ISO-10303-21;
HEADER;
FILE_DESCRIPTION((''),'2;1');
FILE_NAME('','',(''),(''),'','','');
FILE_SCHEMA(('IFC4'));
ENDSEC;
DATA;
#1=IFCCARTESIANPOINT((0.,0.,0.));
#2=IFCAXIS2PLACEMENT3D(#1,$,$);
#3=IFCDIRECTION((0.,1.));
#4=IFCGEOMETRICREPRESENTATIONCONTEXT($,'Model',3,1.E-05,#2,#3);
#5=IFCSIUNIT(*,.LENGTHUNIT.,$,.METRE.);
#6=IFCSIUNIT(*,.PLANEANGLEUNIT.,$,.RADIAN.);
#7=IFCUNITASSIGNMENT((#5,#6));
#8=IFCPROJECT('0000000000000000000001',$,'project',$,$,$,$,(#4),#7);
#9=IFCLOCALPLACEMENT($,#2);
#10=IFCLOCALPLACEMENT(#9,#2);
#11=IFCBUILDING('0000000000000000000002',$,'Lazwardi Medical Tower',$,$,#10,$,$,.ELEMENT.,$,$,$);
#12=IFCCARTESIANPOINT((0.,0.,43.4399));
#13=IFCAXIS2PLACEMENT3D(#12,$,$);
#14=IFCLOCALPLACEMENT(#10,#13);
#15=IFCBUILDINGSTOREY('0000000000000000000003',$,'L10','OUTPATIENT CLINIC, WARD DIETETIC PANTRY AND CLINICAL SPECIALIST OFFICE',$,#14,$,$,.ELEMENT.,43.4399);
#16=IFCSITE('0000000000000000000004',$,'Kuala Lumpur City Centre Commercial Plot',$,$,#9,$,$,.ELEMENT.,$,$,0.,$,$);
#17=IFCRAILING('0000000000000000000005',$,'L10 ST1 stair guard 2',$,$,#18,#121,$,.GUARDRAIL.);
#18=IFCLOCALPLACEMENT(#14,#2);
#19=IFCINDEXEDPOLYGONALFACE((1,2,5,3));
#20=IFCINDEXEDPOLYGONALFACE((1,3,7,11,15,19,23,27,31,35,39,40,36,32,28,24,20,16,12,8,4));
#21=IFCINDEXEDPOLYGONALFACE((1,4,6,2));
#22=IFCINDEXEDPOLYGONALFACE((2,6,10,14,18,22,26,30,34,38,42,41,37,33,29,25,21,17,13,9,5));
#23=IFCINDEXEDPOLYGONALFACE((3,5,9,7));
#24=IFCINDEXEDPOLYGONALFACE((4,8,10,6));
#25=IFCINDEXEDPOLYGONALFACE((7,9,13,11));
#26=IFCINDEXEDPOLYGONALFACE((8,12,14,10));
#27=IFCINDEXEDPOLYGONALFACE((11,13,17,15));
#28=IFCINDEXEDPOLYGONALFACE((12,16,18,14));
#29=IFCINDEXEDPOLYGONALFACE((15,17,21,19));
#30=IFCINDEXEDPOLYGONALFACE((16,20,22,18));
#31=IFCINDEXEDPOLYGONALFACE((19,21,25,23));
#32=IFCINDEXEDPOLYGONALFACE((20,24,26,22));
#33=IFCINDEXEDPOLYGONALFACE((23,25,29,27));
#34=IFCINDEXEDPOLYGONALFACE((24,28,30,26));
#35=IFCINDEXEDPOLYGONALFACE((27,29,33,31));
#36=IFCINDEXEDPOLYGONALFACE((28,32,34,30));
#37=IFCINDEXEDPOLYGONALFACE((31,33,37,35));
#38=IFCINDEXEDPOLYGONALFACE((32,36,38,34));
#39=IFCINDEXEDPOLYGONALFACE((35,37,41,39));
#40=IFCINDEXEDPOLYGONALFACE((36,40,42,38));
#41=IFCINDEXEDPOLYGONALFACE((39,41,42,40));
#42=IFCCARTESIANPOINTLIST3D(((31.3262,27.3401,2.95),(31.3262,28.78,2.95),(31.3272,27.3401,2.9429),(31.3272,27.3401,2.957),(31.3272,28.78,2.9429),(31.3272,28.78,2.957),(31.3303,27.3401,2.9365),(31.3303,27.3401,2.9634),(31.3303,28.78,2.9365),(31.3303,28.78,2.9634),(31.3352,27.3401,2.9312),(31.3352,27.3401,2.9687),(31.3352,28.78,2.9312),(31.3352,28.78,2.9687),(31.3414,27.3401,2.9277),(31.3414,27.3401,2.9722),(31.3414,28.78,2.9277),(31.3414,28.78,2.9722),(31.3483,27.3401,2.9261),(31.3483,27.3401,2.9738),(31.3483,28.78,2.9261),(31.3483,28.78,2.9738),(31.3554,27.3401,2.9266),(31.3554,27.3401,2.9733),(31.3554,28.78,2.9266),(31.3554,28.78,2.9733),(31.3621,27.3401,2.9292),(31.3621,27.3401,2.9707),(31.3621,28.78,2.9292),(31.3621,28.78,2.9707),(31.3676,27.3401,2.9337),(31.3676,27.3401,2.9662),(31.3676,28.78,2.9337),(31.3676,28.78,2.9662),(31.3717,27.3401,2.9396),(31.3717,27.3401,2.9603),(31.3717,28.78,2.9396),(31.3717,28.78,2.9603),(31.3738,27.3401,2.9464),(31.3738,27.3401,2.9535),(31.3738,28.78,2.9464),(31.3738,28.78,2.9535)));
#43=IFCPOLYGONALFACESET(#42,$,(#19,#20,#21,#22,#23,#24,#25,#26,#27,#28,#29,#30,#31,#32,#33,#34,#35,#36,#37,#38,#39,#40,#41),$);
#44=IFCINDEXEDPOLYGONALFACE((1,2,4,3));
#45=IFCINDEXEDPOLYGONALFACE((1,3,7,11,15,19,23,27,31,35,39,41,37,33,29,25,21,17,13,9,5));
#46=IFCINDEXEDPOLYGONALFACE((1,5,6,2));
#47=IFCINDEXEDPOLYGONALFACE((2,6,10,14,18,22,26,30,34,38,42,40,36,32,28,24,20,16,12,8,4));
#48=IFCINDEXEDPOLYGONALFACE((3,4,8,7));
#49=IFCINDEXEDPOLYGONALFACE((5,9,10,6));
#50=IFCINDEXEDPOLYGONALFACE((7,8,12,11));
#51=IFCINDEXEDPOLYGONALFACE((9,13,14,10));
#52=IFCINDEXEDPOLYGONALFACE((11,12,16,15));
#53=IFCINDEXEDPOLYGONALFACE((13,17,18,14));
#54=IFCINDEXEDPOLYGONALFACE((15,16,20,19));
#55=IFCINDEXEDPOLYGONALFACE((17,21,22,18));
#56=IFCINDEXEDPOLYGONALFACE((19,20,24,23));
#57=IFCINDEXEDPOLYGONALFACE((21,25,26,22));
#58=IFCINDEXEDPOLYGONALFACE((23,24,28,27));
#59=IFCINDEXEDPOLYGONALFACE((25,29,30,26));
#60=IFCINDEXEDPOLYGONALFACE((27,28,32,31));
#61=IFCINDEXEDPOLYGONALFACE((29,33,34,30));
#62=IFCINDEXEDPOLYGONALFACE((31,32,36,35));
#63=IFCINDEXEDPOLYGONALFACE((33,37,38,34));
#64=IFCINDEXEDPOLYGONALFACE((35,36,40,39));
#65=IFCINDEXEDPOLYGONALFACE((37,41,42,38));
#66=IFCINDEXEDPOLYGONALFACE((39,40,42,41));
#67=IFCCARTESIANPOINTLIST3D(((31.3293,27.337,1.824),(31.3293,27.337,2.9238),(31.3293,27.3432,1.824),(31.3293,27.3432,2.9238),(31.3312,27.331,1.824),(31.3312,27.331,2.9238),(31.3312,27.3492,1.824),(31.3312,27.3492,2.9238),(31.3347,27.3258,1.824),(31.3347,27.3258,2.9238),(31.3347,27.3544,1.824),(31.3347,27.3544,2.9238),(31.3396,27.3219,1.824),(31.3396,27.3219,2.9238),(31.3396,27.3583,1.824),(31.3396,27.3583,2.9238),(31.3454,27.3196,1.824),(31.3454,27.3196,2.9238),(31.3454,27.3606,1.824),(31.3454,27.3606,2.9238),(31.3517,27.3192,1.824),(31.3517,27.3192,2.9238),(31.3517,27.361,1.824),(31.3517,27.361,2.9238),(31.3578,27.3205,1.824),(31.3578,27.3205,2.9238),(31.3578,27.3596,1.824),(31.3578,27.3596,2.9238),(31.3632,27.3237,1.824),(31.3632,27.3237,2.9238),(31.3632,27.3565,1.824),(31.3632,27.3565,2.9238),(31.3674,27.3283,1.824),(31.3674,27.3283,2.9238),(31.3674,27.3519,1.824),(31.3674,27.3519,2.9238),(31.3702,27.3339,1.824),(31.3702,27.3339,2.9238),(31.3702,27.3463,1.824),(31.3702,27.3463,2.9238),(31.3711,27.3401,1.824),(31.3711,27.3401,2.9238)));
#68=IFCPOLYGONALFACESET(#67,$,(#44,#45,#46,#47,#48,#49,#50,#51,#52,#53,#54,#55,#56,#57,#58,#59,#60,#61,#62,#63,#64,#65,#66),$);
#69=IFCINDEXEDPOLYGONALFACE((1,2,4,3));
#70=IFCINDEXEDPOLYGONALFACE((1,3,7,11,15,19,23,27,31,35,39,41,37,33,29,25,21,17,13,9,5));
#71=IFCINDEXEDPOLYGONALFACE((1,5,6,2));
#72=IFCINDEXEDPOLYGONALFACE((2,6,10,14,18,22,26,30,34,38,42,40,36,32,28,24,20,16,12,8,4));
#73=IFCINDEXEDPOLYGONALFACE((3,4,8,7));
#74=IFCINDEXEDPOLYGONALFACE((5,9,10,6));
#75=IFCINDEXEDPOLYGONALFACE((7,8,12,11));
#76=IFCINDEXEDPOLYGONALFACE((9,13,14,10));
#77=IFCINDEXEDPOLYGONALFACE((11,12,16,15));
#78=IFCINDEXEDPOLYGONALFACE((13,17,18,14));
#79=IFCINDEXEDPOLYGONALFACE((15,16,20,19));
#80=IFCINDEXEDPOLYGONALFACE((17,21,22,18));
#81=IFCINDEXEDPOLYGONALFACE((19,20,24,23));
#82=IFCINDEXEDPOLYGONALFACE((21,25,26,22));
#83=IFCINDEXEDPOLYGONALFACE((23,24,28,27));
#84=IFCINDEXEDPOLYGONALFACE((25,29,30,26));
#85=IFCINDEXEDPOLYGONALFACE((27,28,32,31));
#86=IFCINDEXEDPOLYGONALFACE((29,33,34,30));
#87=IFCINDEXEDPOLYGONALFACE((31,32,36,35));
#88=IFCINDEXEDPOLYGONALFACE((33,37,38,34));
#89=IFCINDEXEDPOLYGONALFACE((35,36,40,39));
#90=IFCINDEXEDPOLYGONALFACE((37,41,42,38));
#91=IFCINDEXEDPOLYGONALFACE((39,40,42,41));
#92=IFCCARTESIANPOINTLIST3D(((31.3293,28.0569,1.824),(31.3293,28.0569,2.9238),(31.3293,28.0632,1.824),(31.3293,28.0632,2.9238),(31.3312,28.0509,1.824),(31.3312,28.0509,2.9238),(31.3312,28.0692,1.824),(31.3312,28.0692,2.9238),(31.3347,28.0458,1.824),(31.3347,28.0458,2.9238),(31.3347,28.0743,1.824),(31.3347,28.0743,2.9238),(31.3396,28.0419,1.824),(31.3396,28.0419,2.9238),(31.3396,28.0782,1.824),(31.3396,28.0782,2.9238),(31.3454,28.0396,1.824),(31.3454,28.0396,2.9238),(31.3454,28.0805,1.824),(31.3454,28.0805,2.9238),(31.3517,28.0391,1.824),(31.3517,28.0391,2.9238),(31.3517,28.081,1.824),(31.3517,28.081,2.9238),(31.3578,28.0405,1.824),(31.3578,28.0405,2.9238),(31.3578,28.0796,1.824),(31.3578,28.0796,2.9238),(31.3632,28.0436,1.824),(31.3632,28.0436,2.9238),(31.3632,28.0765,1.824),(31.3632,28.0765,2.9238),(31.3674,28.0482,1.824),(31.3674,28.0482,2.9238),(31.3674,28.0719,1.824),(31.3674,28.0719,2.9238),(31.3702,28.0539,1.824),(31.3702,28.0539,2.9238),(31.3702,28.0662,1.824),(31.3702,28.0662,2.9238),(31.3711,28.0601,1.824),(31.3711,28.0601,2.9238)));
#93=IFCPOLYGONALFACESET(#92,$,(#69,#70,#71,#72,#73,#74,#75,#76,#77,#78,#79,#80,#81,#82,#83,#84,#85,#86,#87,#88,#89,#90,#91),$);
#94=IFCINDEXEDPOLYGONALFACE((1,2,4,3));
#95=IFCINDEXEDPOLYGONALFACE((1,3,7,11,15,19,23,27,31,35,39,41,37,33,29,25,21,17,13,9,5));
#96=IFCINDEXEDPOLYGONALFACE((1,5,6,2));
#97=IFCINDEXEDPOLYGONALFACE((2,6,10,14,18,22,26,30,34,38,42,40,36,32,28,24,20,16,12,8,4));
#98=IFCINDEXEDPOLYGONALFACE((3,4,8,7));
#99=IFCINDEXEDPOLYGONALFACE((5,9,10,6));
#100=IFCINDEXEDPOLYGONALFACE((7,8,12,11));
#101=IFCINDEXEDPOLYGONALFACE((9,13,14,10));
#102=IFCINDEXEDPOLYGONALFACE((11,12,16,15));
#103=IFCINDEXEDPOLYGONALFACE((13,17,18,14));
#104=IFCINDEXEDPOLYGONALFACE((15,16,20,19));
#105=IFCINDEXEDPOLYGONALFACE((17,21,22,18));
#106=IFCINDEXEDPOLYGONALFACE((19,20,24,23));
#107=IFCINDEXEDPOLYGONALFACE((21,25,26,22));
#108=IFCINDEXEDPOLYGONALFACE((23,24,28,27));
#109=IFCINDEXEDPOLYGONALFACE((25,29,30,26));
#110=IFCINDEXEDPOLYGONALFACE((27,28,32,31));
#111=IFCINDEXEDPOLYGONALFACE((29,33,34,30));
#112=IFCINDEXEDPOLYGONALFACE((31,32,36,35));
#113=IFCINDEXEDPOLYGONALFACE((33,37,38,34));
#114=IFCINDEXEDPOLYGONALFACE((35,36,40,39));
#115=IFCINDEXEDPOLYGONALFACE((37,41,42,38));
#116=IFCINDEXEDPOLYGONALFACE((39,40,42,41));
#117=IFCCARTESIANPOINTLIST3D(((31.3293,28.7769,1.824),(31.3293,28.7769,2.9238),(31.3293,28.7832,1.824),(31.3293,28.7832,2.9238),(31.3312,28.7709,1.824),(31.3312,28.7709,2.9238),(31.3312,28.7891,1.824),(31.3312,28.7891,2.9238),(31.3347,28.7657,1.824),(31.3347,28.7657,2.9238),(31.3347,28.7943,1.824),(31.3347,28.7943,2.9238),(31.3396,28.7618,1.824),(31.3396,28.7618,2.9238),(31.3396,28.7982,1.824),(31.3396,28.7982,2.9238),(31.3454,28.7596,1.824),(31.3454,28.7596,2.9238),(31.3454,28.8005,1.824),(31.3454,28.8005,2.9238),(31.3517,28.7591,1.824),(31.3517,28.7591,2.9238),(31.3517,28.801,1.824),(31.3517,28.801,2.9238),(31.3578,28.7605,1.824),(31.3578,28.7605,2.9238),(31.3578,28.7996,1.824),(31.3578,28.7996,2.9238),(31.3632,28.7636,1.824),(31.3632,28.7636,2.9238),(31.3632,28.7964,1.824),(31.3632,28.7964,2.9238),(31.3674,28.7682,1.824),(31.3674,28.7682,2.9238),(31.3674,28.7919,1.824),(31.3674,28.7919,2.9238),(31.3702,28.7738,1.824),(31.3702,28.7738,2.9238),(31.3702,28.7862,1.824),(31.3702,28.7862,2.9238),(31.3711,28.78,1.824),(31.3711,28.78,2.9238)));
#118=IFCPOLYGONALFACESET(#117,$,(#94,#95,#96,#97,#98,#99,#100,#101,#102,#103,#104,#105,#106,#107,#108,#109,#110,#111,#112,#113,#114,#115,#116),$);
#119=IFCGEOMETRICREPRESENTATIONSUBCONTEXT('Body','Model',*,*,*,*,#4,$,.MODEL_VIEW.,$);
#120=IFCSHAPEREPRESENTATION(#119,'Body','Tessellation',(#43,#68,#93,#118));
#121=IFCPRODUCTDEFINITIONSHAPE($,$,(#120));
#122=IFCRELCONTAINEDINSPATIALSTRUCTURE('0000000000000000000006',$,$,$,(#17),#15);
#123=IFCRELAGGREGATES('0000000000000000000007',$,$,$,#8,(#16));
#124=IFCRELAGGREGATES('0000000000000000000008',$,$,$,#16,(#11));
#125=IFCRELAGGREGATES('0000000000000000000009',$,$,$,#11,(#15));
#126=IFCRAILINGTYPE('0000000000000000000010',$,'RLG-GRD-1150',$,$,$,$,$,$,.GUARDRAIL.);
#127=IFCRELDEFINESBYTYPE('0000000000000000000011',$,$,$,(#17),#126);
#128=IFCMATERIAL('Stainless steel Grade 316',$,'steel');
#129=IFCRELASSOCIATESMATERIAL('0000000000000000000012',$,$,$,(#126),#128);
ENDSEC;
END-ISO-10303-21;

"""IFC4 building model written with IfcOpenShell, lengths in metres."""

from ifc_helpers import new_model, si_unit, direction, frame, origin, origin_2d, place, context, subcontext, project, spatial, circle, extrude, material, type_object, element, save


model = new_model("IFC4")

# Units and contexts
model_context = context("Model", 3, precision=1e-05, world=origin(), true_north=direction((0.0, 1.0)))
body_context = subcontext(model_context, "Body", "Model", "MODEL_VIEW")
ifc_project = project(units=[si_unit("LENGTHUNIT", "METRE"), si_unit("PLANEANGLEUNIT", "RADIAN")], contexts=[model_context])

# Site, building, storey
site_placement = place(None, origin())
site = spatial("IfcSite", under=ifc_project, at=site_placement, Name="Kuala Lumpur City Centre Commercial Plot", CompositionType="ELEMENT", RefElevation=0.0)
building_placement = place(site_placement, origin())
building = spatial("IfcBuilding", under=site, at=building_placement, Name="Lazwardi Medical Tower", CompositionType="ELEMENT")
storey_placement = place(building_placement, frame((0.0, 0.0, 43.4399)))
storey = spatial("IfcBuildingStorey", under=building, at=storey_placement, Name="L10", Description="OUTPATIENT CLINIC, WARD DIETETIC PANTRY AND CLINICAL SPECIALIST OFFICE", CompositionType="ELEMENT", Elevation=43.4399)

# Railing
ifc_material_1 = material(Name="Stainless steel Grade 316", Category="steel")
railing_type_1 = type_object("IfcRailingType", Name="RLG-GRD-1150", PredefinedType="GUARDRAIL", material=ifc_material_1)
railing_1_placement = place(storey_placement, frame((31.3501, 27.3401, 1.824)))
element("IfcRailing", 1, at=railing_1_placement, inside=storey, type_object=railing_type_1, Name="L10 ST1 stair guard 2", PredefinedType="GUARDRAIL", context=body_context, shape_type="SweptSolid", body=[
    extrude(circle(Radius=0.0239, at=origin_2d()), frame((0.0, 0.0, 1.126), z_axis=(0.0, 1.0, 0.0), x_axis=(-1.0, 0.0, 0.0)), (0.0, 0.0, 1.0), 1.4399),
    extrude(circle(Radius=0.021, at=origin_2d()), origin(), (0.0, 0.0, 1.0), 1.0999),
    extrude(circle(Radius=0.021, at=origin_2d()), frame((0.0, 0.72, 0.0)), (0.0, 0.0, 1.0), 1.0999),
    extrude(circle(Radius=0.021, at=origin_2d()), frame((0.0, 1.4399, 0.0)), (0.0, 0.0, 1.0), 1.0999),
])

save(model, "model.ifc")
